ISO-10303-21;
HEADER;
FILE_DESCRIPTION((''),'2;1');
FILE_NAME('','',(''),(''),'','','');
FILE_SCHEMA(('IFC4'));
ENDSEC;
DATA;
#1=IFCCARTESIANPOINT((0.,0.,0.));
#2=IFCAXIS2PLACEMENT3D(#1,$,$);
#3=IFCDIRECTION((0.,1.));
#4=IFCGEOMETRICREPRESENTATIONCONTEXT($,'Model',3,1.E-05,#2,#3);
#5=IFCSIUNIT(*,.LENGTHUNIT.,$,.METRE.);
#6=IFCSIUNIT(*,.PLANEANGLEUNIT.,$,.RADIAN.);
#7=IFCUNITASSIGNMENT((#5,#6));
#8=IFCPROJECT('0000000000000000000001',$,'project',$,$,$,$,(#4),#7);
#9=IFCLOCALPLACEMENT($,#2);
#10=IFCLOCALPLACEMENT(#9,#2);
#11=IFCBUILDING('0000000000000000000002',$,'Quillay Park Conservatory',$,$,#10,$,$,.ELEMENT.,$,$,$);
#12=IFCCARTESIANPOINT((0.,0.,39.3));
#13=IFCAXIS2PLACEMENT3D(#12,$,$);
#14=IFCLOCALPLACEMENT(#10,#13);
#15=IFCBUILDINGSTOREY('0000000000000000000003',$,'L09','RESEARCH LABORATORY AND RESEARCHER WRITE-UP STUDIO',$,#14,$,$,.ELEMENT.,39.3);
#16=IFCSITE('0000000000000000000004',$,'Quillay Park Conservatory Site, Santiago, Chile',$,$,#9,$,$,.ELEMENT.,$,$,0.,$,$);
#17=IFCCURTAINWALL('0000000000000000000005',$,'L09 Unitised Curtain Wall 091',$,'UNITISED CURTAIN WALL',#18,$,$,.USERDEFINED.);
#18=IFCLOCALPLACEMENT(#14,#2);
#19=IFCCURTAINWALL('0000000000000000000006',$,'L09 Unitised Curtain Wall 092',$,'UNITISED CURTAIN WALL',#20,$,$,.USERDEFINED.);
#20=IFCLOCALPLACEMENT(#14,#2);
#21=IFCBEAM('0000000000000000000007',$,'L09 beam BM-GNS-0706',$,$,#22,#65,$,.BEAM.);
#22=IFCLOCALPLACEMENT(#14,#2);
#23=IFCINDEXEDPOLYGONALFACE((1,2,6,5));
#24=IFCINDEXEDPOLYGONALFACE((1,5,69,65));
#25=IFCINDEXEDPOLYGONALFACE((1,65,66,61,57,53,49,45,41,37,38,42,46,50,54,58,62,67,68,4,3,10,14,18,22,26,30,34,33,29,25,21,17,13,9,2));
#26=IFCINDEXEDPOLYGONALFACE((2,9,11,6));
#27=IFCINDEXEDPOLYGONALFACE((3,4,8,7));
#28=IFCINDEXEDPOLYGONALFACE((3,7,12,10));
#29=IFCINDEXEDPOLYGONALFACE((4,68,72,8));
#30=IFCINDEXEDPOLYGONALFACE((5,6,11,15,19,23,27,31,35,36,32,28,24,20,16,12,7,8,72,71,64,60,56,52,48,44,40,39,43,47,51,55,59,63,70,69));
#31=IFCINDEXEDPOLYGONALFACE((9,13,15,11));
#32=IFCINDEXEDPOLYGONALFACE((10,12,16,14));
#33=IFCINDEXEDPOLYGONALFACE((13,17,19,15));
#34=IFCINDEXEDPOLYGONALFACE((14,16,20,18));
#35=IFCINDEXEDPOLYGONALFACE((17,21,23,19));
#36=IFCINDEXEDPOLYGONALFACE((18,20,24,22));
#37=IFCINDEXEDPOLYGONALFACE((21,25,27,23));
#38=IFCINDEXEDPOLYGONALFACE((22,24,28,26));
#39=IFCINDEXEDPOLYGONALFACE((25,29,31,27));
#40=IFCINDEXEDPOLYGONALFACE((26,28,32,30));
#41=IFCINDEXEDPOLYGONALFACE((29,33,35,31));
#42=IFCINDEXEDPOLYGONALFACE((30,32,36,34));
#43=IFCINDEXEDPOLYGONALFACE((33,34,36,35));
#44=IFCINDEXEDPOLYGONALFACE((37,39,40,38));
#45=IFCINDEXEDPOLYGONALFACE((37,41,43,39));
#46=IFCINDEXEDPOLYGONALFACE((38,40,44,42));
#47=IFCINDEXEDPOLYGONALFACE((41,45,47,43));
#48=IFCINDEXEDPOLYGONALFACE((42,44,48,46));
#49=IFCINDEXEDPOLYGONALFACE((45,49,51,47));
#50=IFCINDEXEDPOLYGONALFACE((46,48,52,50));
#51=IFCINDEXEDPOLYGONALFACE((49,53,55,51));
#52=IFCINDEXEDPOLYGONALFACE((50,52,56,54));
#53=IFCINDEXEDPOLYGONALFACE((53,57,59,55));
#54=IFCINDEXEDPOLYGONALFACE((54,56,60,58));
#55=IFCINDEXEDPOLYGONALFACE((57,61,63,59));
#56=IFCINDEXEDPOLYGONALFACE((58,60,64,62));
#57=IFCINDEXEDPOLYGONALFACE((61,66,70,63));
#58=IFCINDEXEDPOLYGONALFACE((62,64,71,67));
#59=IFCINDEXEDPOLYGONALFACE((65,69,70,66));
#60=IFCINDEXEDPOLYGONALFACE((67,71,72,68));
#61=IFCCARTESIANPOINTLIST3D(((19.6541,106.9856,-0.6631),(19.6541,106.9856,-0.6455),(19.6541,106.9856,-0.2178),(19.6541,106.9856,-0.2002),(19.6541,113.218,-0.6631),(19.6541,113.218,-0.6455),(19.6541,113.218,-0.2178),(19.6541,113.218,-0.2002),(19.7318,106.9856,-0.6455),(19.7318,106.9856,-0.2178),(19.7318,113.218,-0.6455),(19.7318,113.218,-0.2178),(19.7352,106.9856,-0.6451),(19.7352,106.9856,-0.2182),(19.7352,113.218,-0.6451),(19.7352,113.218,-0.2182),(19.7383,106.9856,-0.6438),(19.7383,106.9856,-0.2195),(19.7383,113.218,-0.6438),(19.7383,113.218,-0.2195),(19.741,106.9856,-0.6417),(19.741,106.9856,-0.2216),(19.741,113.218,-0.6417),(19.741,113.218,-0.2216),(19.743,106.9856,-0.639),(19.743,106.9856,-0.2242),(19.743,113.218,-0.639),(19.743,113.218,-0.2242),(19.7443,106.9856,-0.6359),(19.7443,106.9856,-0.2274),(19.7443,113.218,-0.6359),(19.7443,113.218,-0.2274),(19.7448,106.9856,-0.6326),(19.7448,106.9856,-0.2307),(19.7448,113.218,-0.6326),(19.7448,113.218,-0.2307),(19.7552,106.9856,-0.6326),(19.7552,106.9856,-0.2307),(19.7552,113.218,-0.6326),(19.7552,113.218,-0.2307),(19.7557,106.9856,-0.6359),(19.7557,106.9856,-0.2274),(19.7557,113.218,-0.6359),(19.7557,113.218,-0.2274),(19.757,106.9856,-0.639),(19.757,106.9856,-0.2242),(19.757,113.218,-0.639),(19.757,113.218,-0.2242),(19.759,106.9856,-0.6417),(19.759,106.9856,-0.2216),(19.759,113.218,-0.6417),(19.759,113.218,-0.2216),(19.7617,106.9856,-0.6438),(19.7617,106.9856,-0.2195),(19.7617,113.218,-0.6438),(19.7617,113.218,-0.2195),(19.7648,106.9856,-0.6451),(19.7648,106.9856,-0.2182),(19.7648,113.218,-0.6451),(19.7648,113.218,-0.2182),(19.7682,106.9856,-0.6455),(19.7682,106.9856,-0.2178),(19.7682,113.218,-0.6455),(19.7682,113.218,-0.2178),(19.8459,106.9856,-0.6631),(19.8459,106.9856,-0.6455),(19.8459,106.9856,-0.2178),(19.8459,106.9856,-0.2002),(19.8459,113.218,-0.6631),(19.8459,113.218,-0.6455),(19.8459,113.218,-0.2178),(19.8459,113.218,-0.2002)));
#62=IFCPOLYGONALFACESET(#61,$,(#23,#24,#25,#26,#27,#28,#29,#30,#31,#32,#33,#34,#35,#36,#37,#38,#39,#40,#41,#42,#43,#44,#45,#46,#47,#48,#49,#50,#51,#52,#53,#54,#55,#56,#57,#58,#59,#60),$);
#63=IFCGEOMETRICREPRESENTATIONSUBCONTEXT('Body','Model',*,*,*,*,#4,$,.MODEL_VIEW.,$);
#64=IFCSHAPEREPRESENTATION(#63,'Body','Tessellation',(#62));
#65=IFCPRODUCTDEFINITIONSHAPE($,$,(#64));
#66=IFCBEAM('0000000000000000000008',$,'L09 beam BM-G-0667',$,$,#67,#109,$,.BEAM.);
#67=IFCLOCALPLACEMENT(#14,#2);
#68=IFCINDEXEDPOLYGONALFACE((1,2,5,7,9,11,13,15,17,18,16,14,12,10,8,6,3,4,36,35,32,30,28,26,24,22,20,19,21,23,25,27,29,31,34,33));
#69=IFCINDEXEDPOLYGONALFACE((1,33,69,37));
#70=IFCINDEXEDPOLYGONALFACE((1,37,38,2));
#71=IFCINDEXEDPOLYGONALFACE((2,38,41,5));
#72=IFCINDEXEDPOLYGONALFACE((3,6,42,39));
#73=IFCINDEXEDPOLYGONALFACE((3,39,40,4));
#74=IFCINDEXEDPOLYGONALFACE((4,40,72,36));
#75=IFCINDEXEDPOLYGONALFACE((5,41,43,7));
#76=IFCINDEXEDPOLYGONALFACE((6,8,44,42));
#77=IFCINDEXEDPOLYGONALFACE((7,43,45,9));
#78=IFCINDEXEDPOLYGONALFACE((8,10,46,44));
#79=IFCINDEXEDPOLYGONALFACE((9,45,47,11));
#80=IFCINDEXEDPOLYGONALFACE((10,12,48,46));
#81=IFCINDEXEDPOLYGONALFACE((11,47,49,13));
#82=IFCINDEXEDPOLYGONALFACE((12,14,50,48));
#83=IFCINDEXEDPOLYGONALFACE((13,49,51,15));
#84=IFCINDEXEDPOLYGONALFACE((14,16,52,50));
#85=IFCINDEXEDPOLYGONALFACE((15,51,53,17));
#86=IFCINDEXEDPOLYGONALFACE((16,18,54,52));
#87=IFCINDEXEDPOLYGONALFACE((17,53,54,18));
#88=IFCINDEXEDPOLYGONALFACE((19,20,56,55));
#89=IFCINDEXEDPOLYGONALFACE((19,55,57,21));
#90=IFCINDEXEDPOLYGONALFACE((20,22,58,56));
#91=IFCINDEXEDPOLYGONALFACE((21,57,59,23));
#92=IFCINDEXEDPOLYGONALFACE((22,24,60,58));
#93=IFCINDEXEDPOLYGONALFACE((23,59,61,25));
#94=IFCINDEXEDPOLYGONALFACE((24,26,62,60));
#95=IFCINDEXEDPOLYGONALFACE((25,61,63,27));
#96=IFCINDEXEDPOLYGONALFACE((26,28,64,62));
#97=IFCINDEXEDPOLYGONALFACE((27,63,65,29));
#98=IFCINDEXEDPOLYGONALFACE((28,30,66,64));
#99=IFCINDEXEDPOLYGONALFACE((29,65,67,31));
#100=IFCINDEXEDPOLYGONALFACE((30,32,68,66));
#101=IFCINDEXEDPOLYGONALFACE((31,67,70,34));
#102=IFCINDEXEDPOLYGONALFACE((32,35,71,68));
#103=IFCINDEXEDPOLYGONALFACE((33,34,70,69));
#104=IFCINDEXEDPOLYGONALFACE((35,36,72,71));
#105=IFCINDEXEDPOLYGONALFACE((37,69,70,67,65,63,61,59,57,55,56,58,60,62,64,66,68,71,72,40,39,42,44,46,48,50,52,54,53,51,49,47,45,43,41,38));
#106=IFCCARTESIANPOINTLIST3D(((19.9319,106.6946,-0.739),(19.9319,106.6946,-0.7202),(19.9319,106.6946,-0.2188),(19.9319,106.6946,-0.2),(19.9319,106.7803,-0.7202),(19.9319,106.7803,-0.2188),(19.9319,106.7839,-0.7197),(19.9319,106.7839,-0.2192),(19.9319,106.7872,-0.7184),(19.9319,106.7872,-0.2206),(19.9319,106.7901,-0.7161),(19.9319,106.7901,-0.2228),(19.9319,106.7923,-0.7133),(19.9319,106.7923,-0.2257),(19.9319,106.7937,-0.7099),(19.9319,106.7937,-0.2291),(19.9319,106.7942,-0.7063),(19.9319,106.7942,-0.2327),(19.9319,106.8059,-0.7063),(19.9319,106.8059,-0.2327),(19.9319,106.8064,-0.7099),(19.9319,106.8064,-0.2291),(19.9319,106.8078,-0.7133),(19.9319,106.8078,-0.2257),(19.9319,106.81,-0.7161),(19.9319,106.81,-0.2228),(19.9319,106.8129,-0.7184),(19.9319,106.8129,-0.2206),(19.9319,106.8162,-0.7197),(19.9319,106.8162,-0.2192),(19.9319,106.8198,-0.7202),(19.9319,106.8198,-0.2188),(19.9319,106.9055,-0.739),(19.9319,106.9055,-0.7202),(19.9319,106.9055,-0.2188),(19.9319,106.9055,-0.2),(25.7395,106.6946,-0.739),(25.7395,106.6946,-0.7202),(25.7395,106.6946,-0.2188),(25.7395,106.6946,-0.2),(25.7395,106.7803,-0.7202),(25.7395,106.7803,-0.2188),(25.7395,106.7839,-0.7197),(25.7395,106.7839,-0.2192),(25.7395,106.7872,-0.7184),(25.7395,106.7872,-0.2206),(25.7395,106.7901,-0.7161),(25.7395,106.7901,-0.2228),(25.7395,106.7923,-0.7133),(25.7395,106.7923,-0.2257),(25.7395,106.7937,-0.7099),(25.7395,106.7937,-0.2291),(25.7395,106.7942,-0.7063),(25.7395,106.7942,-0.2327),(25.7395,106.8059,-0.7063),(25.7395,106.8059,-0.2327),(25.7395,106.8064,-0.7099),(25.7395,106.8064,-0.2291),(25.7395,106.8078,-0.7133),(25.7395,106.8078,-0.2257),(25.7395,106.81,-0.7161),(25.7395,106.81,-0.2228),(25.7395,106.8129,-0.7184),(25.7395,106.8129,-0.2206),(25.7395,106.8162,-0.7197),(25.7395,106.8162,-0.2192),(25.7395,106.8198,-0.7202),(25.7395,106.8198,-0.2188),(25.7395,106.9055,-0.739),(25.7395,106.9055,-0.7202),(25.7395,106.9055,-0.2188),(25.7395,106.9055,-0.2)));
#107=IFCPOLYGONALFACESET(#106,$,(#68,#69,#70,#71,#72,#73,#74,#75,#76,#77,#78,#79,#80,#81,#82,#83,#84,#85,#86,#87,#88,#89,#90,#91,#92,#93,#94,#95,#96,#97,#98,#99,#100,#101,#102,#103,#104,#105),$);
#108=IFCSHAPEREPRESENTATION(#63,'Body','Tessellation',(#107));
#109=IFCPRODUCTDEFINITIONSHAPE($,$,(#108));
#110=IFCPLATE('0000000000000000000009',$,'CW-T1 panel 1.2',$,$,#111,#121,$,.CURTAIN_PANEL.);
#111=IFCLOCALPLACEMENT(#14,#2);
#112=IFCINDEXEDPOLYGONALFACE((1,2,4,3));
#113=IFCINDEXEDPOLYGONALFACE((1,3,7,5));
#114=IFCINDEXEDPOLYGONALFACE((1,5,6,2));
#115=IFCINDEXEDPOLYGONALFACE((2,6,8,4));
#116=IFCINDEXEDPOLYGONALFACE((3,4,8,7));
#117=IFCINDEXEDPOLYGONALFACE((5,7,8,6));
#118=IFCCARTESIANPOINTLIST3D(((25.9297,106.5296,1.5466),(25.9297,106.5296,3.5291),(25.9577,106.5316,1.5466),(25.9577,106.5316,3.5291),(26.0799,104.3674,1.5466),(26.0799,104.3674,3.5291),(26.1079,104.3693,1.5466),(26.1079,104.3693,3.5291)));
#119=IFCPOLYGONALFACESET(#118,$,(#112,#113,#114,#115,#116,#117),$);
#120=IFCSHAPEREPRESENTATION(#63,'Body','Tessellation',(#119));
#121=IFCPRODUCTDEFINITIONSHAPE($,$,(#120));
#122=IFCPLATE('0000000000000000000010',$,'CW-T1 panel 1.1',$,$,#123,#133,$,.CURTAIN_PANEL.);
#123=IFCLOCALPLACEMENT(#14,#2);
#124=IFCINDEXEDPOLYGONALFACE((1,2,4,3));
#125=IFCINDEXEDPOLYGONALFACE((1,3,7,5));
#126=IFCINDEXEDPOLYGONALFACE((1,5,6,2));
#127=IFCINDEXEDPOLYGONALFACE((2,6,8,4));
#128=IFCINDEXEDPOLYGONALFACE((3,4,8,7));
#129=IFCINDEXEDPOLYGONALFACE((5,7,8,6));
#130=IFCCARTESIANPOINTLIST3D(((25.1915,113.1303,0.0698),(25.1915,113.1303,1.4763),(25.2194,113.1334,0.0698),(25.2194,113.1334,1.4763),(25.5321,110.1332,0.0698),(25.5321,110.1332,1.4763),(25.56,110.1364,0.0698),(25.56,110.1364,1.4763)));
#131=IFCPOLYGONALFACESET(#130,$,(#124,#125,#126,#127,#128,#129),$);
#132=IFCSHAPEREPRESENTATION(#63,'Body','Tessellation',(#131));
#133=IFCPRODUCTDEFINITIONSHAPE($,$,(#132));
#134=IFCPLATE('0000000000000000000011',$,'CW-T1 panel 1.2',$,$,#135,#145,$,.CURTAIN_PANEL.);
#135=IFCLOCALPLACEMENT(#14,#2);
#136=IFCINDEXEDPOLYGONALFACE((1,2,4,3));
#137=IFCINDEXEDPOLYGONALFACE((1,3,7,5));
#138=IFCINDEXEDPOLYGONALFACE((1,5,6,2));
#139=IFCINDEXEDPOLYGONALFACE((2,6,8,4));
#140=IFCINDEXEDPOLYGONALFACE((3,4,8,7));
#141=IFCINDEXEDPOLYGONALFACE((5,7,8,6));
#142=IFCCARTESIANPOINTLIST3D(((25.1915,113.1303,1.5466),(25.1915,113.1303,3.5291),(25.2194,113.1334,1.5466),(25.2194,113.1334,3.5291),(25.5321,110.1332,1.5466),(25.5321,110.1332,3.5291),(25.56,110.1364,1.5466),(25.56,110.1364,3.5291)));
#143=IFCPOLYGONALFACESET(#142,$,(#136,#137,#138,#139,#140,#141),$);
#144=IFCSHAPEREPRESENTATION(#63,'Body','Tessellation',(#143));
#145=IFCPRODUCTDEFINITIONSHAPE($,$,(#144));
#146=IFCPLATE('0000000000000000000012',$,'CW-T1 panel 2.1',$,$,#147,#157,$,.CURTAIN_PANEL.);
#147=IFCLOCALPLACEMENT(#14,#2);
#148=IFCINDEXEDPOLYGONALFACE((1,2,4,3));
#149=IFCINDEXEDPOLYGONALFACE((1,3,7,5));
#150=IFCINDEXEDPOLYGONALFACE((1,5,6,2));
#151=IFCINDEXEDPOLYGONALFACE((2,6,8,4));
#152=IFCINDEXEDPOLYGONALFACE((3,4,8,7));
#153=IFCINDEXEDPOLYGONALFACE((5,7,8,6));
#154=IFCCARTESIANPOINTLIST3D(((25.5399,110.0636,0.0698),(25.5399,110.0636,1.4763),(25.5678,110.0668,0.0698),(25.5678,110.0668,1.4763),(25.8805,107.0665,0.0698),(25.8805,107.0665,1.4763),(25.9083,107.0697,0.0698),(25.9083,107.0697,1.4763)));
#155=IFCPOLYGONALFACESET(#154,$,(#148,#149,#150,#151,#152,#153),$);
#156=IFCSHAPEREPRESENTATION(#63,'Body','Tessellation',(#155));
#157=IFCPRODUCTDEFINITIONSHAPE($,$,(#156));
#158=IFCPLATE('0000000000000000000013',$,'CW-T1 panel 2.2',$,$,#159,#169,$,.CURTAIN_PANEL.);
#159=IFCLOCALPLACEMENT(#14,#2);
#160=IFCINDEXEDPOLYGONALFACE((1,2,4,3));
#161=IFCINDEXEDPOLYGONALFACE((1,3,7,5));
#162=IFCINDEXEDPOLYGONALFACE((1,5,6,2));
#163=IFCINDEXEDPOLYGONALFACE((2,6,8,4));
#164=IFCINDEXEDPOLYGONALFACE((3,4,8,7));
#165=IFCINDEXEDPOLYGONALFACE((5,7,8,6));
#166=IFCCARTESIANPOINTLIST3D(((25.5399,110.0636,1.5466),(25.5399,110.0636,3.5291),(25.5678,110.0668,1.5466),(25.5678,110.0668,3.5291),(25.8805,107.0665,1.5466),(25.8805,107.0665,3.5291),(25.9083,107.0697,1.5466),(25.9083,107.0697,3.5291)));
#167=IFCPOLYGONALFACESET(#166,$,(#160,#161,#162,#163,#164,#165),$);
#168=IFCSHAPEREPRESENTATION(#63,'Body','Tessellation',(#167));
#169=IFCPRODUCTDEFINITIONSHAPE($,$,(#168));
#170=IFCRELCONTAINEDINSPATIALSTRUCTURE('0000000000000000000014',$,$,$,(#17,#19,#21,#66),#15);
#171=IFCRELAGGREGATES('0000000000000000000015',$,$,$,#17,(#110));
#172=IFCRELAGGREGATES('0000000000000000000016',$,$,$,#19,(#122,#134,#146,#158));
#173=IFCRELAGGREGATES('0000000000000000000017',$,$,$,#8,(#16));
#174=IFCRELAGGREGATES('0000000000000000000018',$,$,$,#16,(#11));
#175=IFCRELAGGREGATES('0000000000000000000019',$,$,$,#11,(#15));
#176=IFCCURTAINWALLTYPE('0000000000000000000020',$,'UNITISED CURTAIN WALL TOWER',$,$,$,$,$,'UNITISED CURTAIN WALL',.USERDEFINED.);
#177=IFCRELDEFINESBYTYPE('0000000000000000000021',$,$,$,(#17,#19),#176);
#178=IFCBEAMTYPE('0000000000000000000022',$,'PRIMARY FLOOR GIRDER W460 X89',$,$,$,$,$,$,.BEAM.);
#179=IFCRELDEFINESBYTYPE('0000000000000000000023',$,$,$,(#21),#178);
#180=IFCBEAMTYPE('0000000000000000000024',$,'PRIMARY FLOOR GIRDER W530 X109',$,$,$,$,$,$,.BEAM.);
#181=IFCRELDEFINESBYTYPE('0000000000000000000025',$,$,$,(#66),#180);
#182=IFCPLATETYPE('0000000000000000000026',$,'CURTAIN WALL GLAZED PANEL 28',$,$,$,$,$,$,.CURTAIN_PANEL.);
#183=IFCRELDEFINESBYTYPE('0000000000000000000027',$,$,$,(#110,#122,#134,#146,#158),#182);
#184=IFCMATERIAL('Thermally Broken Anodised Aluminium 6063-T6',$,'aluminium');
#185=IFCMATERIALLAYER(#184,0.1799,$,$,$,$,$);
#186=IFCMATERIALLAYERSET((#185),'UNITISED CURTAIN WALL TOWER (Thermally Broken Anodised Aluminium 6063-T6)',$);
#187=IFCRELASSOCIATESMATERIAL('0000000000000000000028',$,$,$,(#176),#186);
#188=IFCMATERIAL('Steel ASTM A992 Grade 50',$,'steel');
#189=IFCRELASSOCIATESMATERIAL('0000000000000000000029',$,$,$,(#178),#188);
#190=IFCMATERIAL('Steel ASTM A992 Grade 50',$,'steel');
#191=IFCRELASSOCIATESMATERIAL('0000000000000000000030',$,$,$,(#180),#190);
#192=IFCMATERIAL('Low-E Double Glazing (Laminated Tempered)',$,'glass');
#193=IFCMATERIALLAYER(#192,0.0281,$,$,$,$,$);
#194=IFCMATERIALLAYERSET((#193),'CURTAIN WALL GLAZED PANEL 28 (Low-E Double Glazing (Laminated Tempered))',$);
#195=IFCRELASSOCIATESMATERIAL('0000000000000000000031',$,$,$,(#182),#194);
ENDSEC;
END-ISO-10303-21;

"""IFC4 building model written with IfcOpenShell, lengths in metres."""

from ifc_helpers import new_model, si_unit, direction, frame, origin, origin_2d, place, context, subcontext, project, spatial, rectangle, i_section, extrude, material, layer, layer_set, material_profile, profile_set, type_object, element, aggregate, save


model = new_model("IFC4")

# Units and contexts
model_context = context("Model", 3, precision=1e-05, world=origin(), true_north=direction((0.0, 1.0)))
body_context = subcontext(model_context, "Body", "Model", "MODEL_VIEW")
ifc_project = project(units=[si_unit("LENGTHUNIT", "METRE"), si_unit("PLANEANGLEUNIT", "RADIAN")], contexts=[model_context])

# Site, building, storey
site_placement = place(None, origin())
site = spatial("IfcSite", under=ifc_project, at=site_placement, Name="Quillay Park Conservatory Site, Santiago, Chile", CompositionType="ELEMENT", RefElevation=0.0)
building_placement = place(site_placement, origin())
building = spatial("IfcBuilding", under=site, at=building_placement, Name="Quillay Park Conservatory", CompositionType="ELEMENT")
storey_placement = place(building_placement, frame((0.0, 0.0, 39.3)))
storey = spatial("IfcBuildingStorey", under=building, at=storey_placement, Name="L09", Description="RESEARCH LABORATORY AND RESEARCHER WRITE-UP STUDIO", CompositionType="ELEMENT", Elevation=39.3)

# Curtain wall
ifc_material_1 = material(Name="Thermally Broken Anodised Aluminium 6063-T6", Category="aluminium")
ifc_layer_1 = layer(ifc_material_1, 0.1799)
ifc_layer_set_1 = layer_set([ifc_layer_1], Name="UNITISED CURTAIN WALL TOWER (Thermally Broken Anodised Aluminium 6063-T6)")
curtain_wall_type = type_object("IfcCurtainWallType", Name="UNITISED CURTAIN WALL TOWER", ElementType="UNITISED CURTAIN WALL", PredefinedType="USERDEFINED", material=ifc_layer_set_1)
curtain_wall_1_placement = place(storey_placement, origin())
curtain_wall_1 = element("IfcCurtainWall", 1, at=curtain_wall_1_placement, inside=storey, type_object=curtain_wall_type, Name="L09 Unitised Curtain Wall 091", ObjectType="UNITISED CURTAIN WALL", PredefinedType="USERDEFINED")

# Curtain wall
curtain_wall_2_placement = place(storey_placement, origin())
curtain_wall_2 = element("IfcCurtainWall", 2, at=curtain_wall_2_placement, inside=storey, type_object=curtain_wall_type, Name="L09 Unitised Curtain Wall 092", ObjectType="UNITISED CURTAIN WALL", PredefinedType="USERDEFINED")

# Beams
ifc_material_2 = material(Name="Steel ASTM A992 Grade 50", Category="steel")
ifc_material_profile_1 = material_profile(ifc_material_2, i_section(OverallWidth=0.1919, OverallDepth=0.4629, WebThickness=0.0105, FlangeThickness=0.0176, FilletRadius=0.0129, at=origin_2d()), Name="W460x89")
ifc_profile_set_1 = profile_set([ifc_material_profile_1], Name="Steel ASTM A992 Grade 50")
beam_type_1 = type_object("IfcBeamType", Name="PRIMARY FLOOR GIRDER W460 X89", PredefinedType="BEAM", material=ifc_profile_set_1)
beam_1_placement = place(storey_placement, frame((19.75, 106.9856, -0.4316), z_axis=(0.0, 1.0, 0.0), x_axis=(-1.0, 0.0, 0.0)))
element("IfcBeam", 3, at=beam_1_placement, inside=storey, type_object=beam_type_1, Name="L09 beam BM-GNS-0706", PredefinedType="BEAM", context=body_context, shape_type="SweptSolid", body=[
    extrude(i_section(OverallWidth=0.1919, OverallDepth=0.4629, WebThickness=0.0105, FlangeThickness=0.0176, FilletRadius=0.0129, at=origin_2d()), origin(), (0.0, 0.0, 1.0), 6.2324),
])
ifc_material_3 = material(Name="Steel ASTM A992 Grade 50", Category="steel")
ifc_material_profile_2 = material_profile(ifc_material_3, i_section(OverallWidth=0.2109, OverallDepth=0.5391, WebThickness=0.0117, FlangeThickness=0.0188, FilletRadius=0.0139, at=origin_2d()), Name="W530x109")
ifc_profile_set_2 = profile_set([ifc_material_profile_2], Name="Steel ASTM A992 Grade 50")
beam_type_2 = type_object("IfcBeamType", Name="PRIMARY FLOOR GIRDER W530 X109", PredefinedType="BEAM", material=ifc_profile_set_2)
beam_2_placement = place(storey_placement, frame((19.9319, 106.8, -0.4695), z_axis=(1.0, 0.0, 0.0), x_axis=(0.0, 1.0, 0.0)))
element("IfcBeam", 4, at=beam_2_placement, inside=storey, type_object=beam_type_2, Name="L09 beam BM-G-0667", PredefinedType="BEAM", context=body_context, shape_type="SweptSolid", body=[
    extrude(i_section(OverallWidth=0.2109, OverallDepth=0.5391, WebThickness=0.0117, FlangeThickness=0.0188, FilletRadius=0.0139, at=origin_2d()), origin(), (0.0, 0.0, 1.0), 5.8076),
])

# Plates
ifc_material_4 = material(Name="Low-E Double Glazing (Laminated Tempered)", Category="glass")
ifc_layer_2 = layer(ifc_material_4, 0.0281)
ifc_layer_set_2 = layer_set([ifc_layer_2], Name="CURTAIN WALL GLAZED PANEL 28 (Low-E Double Glazing (Laminated Tempered))")
plate_type = type_object("IfcPlateType", Name="CURTAIN WALL GLAZED PANEL 28", PredefinedType="CURTAIN_PANEL", material=ifc_layer_set_2)
plate_1_placement = place(storey_placement, frame((26.0188, 105.4495, 1.5466), z_axis=(0.0, 0.0, 1.0), x_axis=(0.069264, -0.997598, 0.0)))
plate_1 = element("IfcPlate", 5, at=plate_1_placement, type_object=plate_type, Name="CW-T1 panel 1.2", PredefinedType="CURTAIN_PANEL", context=body_context, shape_type="SweptSolid", body=[
    extrude(rectangle(XDim=2.1675, YDim=0.0281, at=origin_2d()), origin(), (0.0, 0.0, 1.0), 1.9824),
])
aggregate(curtain_wall_1, [plate_1])
plate_2_placement = place(storey_placement, frame((25.3757, 111.6333, 0.0698), z_axis=(0.0, 0.0, 1.0), x_axis=(0.112903, -0.993606, 0.0)))
plate_2 = element("IfcPlate", 6, at=plate_2_placement, type_object=plate_type, Name="CW-T1 panel 1.1", PredefinedType="CURTAIN_PANEL", context=body_context, shape_type="SweptSolid", body=[
    extrude(rectangle(XDim=3.0164, YDim=0.0281, at=origin_2d()), origin(), (0.0, 0.0, 1.0), 1.4065),
])
plate_3_placement = place(storey_placement, frame((25.3757, 111.6333, 1.5466), z_axis=(0.0, 0.0, 1.0), x_axis=(0.112903, -0.993606, 0.0)))
plate_3 = element("IfcPlate", 7, at=plate_3_placement, type_object=plate_type, Name="CW-T1 panel 1.2", PredefinedType="CURTAIN_PANEL", context=body_context, shape_type="SweptSolid", body=[
    extrude(rectangle(XDim=3.0164, YDim=0.0281, at=origin_2d()), origin(), (0.0, 0.0, 1.0), 1.9824),
])
plate_4_placement = place(storey_placement, frame((25.7241, 108.5667, 0.0698), z_axis=(0.0, 0.0, 1.0), x_axis=(0.112903, -0.993606, 0.0)))
plate_4 = element("IfcPlate", 8, at=plate_4_placement, type_object=plate_type, Name="CW-T1 panel 2.1", PredefinedType="CURTAIN_PANEL", context=body_context, shape_type="SweptSolid", body=[
    extrude(rectangle(XDim=3.0164, YDim=0.0281, at=origin_2d()), origin(), (0.0, 0.0, 1.0), 1.4065),
])
plate_5_placement = place(storey_placement, frame((25.7241, 108.5667, 1.5466), z_axis=(0.0, 0.0, 1.0), x_axis=(0.112903, -0.993606, 0.0)))
plate_5 = element("IfcPlate", 9, at=plate_5_placement, type_object=plate_type, Name="CW-T1 panel 2.2", PredefinedType="CURTAIN_PANEL", context=body_context, shape_type="SweptSolid", body=[
    extrude(rectangle(XDim=3.0164, YDim=0.0281, at=origin_2d()), origin(), (0.0, 0.0, 1.0), 1.9824),
])
aggregate(curtain_wall_2, [plate_2, plate_3, plate_4, plate_5])

save(model, "model.ifc")
